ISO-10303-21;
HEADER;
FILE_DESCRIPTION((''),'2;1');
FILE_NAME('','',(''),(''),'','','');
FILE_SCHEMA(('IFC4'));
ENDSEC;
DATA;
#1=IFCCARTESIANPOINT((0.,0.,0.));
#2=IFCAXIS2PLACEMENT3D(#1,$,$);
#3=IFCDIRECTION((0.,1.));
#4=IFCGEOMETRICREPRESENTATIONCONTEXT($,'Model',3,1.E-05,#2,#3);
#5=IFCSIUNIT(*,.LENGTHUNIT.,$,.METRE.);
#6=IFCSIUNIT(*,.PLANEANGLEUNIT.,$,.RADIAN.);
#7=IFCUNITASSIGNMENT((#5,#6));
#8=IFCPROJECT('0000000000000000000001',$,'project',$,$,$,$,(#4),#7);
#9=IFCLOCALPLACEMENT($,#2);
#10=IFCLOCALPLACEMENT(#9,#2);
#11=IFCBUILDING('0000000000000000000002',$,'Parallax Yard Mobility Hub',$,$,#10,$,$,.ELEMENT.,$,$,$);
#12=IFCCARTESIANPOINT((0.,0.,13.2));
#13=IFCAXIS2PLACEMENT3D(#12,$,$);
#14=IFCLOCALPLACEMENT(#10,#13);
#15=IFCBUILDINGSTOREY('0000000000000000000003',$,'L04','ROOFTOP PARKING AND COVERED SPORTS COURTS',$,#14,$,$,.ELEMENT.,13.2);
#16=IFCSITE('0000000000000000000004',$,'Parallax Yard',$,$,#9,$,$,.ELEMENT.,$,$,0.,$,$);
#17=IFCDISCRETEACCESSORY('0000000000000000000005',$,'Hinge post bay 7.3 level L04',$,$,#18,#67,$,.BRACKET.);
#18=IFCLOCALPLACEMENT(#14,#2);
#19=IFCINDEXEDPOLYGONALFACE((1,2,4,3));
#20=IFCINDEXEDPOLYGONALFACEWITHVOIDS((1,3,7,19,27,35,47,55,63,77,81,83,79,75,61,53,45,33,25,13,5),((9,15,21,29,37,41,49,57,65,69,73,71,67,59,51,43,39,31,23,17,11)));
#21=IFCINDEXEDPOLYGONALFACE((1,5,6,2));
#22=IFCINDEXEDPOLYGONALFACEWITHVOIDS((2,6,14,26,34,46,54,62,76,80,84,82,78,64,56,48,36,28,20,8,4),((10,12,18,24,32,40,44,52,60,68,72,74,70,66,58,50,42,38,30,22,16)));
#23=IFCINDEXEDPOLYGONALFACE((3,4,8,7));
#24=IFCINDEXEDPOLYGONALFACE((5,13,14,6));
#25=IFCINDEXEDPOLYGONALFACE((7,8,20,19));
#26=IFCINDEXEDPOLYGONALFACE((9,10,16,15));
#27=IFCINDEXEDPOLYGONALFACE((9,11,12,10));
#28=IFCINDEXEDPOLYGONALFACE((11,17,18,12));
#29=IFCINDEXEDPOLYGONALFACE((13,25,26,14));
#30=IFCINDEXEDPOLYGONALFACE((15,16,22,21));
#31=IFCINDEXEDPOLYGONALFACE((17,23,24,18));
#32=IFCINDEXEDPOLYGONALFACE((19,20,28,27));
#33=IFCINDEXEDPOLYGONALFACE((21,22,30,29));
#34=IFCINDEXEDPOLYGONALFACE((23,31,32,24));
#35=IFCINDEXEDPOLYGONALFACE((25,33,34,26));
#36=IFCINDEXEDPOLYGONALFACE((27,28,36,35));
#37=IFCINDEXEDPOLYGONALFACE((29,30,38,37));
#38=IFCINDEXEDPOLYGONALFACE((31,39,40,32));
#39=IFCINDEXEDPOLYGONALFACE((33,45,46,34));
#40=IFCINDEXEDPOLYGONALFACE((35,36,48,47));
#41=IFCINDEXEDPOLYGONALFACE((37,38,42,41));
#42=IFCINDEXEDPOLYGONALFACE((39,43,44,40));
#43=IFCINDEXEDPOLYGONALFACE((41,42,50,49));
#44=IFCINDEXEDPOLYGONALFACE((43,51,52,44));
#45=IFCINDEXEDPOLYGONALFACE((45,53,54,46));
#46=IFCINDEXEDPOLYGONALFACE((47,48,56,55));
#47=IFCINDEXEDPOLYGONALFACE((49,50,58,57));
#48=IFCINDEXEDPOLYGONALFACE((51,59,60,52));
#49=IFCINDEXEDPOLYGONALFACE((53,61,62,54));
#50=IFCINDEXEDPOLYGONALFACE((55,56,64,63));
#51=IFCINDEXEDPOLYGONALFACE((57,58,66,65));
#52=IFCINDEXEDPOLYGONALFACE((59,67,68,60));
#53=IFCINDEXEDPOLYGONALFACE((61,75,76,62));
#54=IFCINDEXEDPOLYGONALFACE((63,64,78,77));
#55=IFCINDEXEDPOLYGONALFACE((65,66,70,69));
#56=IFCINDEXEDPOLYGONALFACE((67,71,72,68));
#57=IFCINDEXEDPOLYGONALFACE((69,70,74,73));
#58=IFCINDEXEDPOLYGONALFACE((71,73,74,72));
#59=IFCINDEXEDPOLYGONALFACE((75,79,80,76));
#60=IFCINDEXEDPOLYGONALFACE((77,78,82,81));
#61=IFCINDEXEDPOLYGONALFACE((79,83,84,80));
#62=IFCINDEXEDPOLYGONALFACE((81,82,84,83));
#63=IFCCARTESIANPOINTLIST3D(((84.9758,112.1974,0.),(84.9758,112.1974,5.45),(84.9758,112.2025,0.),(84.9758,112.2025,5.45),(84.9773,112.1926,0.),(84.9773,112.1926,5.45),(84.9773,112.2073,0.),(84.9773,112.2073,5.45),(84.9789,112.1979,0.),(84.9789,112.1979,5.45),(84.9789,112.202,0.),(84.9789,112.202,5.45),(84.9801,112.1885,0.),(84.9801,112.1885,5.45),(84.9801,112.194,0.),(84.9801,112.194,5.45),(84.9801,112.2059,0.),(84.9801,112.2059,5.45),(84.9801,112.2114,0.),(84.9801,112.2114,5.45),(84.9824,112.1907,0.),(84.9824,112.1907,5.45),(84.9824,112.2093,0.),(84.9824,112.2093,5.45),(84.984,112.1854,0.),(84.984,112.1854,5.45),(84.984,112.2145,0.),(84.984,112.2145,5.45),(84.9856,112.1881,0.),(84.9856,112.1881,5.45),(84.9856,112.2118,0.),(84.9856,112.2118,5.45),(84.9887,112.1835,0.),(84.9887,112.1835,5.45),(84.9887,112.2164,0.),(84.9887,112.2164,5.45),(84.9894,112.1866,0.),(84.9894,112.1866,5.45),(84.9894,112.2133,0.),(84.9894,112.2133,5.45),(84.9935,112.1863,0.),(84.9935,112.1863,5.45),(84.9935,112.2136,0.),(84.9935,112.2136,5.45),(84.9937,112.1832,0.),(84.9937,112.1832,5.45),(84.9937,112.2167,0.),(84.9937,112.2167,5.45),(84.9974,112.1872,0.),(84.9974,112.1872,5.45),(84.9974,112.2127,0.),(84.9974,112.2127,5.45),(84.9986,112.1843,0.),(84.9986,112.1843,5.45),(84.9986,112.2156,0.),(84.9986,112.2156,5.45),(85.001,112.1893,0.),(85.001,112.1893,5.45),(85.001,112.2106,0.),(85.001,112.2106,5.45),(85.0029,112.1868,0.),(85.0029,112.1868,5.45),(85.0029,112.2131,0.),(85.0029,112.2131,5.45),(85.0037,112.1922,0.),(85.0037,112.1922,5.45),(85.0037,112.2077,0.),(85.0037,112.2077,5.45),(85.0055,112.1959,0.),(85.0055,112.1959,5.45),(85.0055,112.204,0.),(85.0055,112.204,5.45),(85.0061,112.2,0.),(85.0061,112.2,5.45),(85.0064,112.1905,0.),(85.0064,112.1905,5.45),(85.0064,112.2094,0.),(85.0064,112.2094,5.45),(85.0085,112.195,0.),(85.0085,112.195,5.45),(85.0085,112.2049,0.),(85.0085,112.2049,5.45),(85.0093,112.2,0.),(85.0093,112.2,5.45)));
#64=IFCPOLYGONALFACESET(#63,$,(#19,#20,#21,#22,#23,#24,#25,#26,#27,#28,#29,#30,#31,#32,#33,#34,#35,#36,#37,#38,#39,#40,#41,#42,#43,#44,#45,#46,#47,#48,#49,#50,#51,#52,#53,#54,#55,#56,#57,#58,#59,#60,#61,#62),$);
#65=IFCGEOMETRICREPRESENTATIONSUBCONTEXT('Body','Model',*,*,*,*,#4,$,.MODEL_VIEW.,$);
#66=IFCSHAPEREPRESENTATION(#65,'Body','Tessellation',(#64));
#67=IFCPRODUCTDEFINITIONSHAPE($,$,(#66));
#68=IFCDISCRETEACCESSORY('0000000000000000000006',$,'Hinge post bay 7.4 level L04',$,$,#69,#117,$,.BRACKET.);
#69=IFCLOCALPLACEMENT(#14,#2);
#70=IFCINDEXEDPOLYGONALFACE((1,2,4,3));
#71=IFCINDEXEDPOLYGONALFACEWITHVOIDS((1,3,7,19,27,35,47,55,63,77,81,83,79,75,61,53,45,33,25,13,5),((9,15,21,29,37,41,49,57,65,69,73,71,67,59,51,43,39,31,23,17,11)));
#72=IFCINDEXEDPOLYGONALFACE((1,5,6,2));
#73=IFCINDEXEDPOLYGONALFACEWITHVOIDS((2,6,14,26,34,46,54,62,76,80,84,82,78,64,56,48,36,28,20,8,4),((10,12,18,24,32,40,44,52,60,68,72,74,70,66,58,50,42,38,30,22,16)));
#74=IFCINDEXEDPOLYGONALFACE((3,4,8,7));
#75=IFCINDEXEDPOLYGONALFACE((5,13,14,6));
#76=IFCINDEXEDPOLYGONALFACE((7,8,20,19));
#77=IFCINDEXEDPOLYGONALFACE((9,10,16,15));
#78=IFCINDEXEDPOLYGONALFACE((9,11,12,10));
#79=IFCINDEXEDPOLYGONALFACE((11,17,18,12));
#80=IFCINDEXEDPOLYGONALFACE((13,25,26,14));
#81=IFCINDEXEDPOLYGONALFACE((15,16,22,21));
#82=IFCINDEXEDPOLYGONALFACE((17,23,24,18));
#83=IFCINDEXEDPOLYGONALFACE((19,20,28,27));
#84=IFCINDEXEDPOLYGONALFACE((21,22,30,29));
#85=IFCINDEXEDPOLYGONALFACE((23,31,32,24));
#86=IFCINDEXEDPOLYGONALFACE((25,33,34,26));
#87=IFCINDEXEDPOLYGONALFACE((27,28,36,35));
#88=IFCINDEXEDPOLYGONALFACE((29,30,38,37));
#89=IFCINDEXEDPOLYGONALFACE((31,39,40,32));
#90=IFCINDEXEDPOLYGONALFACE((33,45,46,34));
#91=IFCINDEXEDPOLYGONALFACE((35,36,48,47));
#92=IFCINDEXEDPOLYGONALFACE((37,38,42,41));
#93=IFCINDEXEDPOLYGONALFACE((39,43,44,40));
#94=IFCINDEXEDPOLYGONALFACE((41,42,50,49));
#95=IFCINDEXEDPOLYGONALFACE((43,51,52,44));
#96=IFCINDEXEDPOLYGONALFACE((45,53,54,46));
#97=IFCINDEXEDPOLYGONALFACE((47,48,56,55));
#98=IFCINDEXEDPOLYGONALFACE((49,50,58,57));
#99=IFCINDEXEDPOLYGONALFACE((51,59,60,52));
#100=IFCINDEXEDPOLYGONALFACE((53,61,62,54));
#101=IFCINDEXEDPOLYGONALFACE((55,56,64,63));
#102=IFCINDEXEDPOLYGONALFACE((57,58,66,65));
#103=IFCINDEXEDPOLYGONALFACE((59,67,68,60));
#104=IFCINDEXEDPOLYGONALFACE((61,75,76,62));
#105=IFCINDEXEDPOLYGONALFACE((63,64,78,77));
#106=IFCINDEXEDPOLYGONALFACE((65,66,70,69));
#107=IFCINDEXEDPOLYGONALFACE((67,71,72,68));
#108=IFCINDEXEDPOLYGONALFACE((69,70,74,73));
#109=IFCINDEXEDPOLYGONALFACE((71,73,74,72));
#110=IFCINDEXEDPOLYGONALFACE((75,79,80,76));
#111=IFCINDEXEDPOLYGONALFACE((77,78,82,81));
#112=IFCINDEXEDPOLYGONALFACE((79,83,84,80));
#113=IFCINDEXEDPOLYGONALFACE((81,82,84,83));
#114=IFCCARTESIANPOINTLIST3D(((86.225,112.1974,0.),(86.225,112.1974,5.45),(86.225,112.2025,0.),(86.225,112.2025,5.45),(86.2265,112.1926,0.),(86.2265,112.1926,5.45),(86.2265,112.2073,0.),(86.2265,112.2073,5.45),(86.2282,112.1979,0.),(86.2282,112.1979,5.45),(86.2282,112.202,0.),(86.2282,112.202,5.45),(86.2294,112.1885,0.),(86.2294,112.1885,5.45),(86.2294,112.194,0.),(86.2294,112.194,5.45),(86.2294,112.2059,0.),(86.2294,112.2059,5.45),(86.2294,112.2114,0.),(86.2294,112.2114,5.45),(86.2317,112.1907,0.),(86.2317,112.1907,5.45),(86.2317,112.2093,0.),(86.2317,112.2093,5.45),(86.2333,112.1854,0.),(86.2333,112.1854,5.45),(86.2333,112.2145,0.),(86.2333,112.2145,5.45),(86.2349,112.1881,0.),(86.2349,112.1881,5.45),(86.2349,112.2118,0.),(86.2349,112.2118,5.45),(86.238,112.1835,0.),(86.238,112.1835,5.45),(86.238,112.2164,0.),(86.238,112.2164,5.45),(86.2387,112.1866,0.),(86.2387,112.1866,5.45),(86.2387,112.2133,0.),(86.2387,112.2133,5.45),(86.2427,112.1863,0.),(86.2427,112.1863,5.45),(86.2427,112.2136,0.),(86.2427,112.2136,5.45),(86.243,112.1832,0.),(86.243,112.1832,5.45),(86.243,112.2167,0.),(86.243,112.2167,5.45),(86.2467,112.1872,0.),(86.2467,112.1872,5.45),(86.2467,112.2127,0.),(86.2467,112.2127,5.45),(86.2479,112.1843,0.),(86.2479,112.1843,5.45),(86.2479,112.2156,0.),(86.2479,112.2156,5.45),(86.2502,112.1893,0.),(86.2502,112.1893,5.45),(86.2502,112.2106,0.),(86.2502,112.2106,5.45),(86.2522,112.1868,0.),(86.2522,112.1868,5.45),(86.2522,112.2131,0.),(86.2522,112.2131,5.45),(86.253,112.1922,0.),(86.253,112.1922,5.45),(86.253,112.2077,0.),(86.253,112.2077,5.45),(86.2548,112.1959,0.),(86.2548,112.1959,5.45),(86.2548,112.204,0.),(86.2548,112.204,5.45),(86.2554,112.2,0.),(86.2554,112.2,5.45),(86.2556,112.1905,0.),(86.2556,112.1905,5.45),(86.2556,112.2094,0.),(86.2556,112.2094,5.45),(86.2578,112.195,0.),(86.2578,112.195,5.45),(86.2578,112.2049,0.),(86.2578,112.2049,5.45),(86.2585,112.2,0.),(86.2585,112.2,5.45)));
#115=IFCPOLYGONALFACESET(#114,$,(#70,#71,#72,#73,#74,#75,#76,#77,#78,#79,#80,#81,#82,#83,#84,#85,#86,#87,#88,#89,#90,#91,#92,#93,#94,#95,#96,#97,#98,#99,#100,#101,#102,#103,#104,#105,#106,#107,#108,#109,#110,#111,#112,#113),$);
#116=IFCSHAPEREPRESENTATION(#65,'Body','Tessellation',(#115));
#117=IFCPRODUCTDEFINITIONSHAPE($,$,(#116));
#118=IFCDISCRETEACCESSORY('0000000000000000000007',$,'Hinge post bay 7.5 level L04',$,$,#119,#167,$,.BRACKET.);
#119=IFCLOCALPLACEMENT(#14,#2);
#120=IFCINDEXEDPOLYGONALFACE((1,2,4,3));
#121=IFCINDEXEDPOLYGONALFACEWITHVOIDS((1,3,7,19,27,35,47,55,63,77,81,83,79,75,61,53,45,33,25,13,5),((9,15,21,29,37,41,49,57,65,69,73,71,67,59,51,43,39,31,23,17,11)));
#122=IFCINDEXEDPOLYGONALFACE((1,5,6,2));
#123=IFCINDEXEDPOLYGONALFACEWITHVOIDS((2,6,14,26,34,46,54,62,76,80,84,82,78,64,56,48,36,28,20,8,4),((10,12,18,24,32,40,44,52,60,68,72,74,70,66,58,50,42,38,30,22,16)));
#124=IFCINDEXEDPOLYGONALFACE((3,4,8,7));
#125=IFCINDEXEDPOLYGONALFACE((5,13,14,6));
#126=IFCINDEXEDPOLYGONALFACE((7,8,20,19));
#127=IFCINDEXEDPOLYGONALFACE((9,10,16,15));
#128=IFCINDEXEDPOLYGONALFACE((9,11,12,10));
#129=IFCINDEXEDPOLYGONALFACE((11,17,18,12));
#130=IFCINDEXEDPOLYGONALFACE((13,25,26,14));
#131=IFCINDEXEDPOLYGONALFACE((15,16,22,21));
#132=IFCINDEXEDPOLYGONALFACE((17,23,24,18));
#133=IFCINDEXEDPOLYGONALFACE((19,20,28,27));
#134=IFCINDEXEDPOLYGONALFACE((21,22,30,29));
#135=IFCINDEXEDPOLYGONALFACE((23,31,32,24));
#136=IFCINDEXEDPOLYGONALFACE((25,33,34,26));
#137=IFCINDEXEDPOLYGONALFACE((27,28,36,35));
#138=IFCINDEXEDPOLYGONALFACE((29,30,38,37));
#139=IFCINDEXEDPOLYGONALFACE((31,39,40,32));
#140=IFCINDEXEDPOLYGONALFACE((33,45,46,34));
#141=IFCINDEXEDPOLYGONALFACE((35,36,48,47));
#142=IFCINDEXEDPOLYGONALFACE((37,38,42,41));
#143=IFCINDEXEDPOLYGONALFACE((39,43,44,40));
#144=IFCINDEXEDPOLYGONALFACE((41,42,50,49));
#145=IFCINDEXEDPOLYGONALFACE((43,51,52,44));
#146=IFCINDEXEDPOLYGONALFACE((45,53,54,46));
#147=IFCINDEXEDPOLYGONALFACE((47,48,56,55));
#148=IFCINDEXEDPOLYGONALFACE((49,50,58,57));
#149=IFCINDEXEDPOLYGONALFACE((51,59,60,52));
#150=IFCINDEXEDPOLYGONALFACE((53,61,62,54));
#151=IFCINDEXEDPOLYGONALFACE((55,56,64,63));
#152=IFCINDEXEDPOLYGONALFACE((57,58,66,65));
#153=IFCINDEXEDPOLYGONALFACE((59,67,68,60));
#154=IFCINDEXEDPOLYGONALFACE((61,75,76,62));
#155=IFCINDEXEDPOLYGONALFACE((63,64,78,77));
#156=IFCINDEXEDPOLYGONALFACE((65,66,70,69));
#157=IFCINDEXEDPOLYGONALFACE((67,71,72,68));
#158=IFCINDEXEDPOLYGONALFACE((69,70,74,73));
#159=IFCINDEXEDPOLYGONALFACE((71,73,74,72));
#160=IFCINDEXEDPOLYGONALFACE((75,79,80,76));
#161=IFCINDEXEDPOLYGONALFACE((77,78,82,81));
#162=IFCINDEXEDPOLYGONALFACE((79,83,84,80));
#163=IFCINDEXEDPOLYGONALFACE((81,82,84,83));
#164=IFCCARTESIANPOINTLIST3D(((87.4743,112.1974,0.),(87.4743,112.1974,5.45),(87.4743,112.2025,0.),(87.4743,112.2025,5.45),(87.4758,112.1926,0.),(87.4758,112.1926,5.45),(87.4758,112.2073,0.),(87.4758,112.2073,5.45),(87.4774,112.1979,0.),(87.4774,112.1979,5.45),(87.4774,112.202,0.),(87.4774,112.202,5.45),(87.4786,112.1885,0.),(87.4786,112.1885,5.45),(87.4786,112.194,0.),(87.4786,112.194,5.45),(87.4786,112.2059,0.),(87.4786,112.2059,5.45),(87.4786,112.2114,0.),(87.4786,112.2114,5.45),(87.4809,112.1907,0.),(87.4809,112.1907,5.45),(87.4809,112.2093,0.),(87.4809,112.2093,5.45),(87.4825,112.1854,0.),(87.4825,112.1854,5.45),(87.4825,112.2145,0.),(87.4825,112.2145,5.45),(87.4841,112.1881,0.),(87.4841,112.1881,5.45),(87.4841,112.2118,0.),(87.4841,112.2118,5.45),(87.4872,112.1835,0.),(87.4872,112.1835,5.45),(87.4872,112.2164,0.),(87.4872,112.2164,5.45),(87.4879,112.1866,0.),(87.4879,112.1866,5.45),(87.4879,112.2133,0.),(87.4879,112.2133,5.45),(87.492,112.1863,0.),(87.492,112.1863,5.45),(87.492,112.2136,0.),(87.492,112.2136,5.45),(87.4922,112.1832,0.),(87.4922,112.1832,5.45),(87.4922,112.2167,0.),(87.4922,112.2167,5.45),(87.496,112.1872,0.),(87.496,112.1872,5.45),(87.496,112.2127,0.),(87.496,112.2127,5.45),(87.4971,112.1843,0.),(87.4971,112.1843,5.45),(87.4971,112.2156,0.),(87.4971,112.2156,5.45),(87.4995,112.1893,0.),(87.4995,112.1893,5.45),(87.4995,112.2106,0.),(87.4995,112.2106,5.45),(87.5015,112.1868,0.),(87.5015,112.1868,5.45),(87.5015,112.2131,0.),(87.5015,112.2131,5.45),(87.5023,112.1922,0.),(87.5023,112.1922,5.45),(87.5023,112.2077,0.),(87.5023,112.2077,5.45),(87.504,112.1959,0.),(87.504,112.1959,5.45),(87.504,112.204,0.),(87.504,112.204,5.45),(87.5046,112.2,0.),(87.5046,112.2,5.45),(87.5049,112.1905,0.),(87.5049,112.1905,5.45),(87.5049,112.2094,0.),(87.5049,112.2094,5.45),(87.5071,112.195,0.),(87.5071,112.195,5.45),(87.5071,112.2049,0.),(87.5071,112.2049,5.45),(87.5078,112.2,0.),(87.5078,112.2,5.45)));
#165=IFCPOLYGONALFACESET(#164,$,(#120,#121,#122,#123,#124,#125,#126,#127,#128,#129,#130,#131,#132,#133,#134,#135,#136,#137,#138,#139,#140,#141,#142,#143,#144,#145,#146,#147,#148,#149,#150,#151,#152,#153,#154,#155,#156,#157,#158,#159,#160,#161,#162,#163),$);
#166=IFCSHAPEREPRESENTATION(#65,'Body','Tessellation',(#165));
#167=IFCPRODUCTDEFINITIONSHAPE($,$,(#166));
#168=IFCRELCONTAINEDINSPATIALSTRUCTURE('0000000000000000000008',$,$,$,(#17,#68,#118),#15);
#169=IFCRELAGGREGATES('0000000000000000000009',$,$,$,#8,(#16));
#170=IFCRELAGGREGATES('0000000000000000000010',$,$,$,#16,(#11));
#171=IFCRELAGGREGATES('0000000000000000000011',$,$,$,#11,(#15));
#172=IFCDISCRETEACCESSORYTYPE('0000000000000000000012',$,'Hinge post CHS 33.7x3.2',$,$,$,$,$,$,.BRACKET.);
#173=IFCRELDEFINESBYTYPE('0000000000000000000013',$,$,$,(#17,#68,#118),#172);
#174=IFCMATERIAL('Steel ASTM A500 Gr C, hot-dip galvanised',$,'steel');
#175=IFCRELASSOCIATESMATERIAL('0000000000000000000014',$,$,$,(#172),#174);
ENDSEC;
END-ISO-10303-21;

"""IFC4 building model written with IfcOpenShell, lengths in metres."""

from ifc_helpers import new_model, si_unit, direction, frame, origin, origin_2d, place, context, subcontext, project, spatial, hollow_circle, extrude, material, material_profile, profile_set, type_object, element, save


model = new_model("IFC4")

# Units and contexts
model_context = context("Model", 3, precision=1e-05, world=origin(), true_north=direction((0.0, 1.0)))
body_context = subcontext(model_context, "Body", "Model", "MODEL_VIEW")
ifc_project = project(units=[si_unit("LENGTHUNIT", "METRE"), si_unit("PLANEANGLEUNIT", "RADIAN")], contexts=[model_context])

# Site, building, storey
site_placement = place(None, origin())
site = spatial("IfcSite", under=ifc_project, at=site_placement, Name="Parallax Yard", CompositionType="ELEMENT", RefElevation=0.0)
building_placement = place(site_placement, origin())
building = spatial("IfcBuilding", under=site, at=building_placement, Name="Parallax Yard Mobility Hub", CompositionType="ELEMENT")
storey_placement = place(building_placement, frame((0.0, 0.0, 13.2)))
storey = spatial("IfcBuildingStorey", under=building, at=storey_placement, Name="L04", Description="ROOFTOP PARKING AND COVERED SPORTS COURTS", CompositionType="ELEMENT", Elevation=13.2)

# Discrete accessories
ifc_material_1 = material(Name="Steel ASTM A500 Gr C, hot-dip galvanised", Category="steel")
ifc_material_profile_1 = material_profile(ifc_material_1, hollow_circle(Radius=0.0168, WallThickness=0.0032, at=origin_2d()), Name="CHS 33.7x3.2")
ifc_profile_set_1 = profile_set([ifc_material_profile_1], Name="Steel ASTM A500 Gr C, hot-dip galvanised")
discrete_accessory_type_1 = type_object("IfcDiscreteAccessoryType", Name="Hinge post CHS 33.7x3.2", PredefinedType="BRACKET", material=ifc_profile_set_1)
for number, where, z_axis, x_axis, name in (
    (1, (84.9924, 112.2, 0.0), (0.0, 0.0, 1.0), (1.0, 0.0, 0.0), "Hinge post bay 7.3 level L04"),
    (2, (86.2417, 112.2, 0.0), (0.0, 0.0, 1.0), (1.0, 0.0, 0.0), "Hinge post bay 7.4 level L04"),
    (3, (87.491, 112.2, 0.0), (0.0, 0.0, 1.0), (1.0, 0.0, 0.0), "Hinge post bay 7.5 level L04"),
):
    element("IfcDiscreteAccessory", number, at=place(storey_placement, frame(where, z_axis=z_axis, x_axis=x_axis)), inside=storey, type_object=discrete_accessory_type_1, Name=name, PredefinedType="BRACKET", context=body_context, shape_type="SweptSolid", body=[
        extrude(hollow_circle(Radius=0.0168, WallThickness=0.0032, at=origin_2d()), origin(), (0.0, 0.0, 1.0), 5.45),
    ])

save(model, "model.ifc")
